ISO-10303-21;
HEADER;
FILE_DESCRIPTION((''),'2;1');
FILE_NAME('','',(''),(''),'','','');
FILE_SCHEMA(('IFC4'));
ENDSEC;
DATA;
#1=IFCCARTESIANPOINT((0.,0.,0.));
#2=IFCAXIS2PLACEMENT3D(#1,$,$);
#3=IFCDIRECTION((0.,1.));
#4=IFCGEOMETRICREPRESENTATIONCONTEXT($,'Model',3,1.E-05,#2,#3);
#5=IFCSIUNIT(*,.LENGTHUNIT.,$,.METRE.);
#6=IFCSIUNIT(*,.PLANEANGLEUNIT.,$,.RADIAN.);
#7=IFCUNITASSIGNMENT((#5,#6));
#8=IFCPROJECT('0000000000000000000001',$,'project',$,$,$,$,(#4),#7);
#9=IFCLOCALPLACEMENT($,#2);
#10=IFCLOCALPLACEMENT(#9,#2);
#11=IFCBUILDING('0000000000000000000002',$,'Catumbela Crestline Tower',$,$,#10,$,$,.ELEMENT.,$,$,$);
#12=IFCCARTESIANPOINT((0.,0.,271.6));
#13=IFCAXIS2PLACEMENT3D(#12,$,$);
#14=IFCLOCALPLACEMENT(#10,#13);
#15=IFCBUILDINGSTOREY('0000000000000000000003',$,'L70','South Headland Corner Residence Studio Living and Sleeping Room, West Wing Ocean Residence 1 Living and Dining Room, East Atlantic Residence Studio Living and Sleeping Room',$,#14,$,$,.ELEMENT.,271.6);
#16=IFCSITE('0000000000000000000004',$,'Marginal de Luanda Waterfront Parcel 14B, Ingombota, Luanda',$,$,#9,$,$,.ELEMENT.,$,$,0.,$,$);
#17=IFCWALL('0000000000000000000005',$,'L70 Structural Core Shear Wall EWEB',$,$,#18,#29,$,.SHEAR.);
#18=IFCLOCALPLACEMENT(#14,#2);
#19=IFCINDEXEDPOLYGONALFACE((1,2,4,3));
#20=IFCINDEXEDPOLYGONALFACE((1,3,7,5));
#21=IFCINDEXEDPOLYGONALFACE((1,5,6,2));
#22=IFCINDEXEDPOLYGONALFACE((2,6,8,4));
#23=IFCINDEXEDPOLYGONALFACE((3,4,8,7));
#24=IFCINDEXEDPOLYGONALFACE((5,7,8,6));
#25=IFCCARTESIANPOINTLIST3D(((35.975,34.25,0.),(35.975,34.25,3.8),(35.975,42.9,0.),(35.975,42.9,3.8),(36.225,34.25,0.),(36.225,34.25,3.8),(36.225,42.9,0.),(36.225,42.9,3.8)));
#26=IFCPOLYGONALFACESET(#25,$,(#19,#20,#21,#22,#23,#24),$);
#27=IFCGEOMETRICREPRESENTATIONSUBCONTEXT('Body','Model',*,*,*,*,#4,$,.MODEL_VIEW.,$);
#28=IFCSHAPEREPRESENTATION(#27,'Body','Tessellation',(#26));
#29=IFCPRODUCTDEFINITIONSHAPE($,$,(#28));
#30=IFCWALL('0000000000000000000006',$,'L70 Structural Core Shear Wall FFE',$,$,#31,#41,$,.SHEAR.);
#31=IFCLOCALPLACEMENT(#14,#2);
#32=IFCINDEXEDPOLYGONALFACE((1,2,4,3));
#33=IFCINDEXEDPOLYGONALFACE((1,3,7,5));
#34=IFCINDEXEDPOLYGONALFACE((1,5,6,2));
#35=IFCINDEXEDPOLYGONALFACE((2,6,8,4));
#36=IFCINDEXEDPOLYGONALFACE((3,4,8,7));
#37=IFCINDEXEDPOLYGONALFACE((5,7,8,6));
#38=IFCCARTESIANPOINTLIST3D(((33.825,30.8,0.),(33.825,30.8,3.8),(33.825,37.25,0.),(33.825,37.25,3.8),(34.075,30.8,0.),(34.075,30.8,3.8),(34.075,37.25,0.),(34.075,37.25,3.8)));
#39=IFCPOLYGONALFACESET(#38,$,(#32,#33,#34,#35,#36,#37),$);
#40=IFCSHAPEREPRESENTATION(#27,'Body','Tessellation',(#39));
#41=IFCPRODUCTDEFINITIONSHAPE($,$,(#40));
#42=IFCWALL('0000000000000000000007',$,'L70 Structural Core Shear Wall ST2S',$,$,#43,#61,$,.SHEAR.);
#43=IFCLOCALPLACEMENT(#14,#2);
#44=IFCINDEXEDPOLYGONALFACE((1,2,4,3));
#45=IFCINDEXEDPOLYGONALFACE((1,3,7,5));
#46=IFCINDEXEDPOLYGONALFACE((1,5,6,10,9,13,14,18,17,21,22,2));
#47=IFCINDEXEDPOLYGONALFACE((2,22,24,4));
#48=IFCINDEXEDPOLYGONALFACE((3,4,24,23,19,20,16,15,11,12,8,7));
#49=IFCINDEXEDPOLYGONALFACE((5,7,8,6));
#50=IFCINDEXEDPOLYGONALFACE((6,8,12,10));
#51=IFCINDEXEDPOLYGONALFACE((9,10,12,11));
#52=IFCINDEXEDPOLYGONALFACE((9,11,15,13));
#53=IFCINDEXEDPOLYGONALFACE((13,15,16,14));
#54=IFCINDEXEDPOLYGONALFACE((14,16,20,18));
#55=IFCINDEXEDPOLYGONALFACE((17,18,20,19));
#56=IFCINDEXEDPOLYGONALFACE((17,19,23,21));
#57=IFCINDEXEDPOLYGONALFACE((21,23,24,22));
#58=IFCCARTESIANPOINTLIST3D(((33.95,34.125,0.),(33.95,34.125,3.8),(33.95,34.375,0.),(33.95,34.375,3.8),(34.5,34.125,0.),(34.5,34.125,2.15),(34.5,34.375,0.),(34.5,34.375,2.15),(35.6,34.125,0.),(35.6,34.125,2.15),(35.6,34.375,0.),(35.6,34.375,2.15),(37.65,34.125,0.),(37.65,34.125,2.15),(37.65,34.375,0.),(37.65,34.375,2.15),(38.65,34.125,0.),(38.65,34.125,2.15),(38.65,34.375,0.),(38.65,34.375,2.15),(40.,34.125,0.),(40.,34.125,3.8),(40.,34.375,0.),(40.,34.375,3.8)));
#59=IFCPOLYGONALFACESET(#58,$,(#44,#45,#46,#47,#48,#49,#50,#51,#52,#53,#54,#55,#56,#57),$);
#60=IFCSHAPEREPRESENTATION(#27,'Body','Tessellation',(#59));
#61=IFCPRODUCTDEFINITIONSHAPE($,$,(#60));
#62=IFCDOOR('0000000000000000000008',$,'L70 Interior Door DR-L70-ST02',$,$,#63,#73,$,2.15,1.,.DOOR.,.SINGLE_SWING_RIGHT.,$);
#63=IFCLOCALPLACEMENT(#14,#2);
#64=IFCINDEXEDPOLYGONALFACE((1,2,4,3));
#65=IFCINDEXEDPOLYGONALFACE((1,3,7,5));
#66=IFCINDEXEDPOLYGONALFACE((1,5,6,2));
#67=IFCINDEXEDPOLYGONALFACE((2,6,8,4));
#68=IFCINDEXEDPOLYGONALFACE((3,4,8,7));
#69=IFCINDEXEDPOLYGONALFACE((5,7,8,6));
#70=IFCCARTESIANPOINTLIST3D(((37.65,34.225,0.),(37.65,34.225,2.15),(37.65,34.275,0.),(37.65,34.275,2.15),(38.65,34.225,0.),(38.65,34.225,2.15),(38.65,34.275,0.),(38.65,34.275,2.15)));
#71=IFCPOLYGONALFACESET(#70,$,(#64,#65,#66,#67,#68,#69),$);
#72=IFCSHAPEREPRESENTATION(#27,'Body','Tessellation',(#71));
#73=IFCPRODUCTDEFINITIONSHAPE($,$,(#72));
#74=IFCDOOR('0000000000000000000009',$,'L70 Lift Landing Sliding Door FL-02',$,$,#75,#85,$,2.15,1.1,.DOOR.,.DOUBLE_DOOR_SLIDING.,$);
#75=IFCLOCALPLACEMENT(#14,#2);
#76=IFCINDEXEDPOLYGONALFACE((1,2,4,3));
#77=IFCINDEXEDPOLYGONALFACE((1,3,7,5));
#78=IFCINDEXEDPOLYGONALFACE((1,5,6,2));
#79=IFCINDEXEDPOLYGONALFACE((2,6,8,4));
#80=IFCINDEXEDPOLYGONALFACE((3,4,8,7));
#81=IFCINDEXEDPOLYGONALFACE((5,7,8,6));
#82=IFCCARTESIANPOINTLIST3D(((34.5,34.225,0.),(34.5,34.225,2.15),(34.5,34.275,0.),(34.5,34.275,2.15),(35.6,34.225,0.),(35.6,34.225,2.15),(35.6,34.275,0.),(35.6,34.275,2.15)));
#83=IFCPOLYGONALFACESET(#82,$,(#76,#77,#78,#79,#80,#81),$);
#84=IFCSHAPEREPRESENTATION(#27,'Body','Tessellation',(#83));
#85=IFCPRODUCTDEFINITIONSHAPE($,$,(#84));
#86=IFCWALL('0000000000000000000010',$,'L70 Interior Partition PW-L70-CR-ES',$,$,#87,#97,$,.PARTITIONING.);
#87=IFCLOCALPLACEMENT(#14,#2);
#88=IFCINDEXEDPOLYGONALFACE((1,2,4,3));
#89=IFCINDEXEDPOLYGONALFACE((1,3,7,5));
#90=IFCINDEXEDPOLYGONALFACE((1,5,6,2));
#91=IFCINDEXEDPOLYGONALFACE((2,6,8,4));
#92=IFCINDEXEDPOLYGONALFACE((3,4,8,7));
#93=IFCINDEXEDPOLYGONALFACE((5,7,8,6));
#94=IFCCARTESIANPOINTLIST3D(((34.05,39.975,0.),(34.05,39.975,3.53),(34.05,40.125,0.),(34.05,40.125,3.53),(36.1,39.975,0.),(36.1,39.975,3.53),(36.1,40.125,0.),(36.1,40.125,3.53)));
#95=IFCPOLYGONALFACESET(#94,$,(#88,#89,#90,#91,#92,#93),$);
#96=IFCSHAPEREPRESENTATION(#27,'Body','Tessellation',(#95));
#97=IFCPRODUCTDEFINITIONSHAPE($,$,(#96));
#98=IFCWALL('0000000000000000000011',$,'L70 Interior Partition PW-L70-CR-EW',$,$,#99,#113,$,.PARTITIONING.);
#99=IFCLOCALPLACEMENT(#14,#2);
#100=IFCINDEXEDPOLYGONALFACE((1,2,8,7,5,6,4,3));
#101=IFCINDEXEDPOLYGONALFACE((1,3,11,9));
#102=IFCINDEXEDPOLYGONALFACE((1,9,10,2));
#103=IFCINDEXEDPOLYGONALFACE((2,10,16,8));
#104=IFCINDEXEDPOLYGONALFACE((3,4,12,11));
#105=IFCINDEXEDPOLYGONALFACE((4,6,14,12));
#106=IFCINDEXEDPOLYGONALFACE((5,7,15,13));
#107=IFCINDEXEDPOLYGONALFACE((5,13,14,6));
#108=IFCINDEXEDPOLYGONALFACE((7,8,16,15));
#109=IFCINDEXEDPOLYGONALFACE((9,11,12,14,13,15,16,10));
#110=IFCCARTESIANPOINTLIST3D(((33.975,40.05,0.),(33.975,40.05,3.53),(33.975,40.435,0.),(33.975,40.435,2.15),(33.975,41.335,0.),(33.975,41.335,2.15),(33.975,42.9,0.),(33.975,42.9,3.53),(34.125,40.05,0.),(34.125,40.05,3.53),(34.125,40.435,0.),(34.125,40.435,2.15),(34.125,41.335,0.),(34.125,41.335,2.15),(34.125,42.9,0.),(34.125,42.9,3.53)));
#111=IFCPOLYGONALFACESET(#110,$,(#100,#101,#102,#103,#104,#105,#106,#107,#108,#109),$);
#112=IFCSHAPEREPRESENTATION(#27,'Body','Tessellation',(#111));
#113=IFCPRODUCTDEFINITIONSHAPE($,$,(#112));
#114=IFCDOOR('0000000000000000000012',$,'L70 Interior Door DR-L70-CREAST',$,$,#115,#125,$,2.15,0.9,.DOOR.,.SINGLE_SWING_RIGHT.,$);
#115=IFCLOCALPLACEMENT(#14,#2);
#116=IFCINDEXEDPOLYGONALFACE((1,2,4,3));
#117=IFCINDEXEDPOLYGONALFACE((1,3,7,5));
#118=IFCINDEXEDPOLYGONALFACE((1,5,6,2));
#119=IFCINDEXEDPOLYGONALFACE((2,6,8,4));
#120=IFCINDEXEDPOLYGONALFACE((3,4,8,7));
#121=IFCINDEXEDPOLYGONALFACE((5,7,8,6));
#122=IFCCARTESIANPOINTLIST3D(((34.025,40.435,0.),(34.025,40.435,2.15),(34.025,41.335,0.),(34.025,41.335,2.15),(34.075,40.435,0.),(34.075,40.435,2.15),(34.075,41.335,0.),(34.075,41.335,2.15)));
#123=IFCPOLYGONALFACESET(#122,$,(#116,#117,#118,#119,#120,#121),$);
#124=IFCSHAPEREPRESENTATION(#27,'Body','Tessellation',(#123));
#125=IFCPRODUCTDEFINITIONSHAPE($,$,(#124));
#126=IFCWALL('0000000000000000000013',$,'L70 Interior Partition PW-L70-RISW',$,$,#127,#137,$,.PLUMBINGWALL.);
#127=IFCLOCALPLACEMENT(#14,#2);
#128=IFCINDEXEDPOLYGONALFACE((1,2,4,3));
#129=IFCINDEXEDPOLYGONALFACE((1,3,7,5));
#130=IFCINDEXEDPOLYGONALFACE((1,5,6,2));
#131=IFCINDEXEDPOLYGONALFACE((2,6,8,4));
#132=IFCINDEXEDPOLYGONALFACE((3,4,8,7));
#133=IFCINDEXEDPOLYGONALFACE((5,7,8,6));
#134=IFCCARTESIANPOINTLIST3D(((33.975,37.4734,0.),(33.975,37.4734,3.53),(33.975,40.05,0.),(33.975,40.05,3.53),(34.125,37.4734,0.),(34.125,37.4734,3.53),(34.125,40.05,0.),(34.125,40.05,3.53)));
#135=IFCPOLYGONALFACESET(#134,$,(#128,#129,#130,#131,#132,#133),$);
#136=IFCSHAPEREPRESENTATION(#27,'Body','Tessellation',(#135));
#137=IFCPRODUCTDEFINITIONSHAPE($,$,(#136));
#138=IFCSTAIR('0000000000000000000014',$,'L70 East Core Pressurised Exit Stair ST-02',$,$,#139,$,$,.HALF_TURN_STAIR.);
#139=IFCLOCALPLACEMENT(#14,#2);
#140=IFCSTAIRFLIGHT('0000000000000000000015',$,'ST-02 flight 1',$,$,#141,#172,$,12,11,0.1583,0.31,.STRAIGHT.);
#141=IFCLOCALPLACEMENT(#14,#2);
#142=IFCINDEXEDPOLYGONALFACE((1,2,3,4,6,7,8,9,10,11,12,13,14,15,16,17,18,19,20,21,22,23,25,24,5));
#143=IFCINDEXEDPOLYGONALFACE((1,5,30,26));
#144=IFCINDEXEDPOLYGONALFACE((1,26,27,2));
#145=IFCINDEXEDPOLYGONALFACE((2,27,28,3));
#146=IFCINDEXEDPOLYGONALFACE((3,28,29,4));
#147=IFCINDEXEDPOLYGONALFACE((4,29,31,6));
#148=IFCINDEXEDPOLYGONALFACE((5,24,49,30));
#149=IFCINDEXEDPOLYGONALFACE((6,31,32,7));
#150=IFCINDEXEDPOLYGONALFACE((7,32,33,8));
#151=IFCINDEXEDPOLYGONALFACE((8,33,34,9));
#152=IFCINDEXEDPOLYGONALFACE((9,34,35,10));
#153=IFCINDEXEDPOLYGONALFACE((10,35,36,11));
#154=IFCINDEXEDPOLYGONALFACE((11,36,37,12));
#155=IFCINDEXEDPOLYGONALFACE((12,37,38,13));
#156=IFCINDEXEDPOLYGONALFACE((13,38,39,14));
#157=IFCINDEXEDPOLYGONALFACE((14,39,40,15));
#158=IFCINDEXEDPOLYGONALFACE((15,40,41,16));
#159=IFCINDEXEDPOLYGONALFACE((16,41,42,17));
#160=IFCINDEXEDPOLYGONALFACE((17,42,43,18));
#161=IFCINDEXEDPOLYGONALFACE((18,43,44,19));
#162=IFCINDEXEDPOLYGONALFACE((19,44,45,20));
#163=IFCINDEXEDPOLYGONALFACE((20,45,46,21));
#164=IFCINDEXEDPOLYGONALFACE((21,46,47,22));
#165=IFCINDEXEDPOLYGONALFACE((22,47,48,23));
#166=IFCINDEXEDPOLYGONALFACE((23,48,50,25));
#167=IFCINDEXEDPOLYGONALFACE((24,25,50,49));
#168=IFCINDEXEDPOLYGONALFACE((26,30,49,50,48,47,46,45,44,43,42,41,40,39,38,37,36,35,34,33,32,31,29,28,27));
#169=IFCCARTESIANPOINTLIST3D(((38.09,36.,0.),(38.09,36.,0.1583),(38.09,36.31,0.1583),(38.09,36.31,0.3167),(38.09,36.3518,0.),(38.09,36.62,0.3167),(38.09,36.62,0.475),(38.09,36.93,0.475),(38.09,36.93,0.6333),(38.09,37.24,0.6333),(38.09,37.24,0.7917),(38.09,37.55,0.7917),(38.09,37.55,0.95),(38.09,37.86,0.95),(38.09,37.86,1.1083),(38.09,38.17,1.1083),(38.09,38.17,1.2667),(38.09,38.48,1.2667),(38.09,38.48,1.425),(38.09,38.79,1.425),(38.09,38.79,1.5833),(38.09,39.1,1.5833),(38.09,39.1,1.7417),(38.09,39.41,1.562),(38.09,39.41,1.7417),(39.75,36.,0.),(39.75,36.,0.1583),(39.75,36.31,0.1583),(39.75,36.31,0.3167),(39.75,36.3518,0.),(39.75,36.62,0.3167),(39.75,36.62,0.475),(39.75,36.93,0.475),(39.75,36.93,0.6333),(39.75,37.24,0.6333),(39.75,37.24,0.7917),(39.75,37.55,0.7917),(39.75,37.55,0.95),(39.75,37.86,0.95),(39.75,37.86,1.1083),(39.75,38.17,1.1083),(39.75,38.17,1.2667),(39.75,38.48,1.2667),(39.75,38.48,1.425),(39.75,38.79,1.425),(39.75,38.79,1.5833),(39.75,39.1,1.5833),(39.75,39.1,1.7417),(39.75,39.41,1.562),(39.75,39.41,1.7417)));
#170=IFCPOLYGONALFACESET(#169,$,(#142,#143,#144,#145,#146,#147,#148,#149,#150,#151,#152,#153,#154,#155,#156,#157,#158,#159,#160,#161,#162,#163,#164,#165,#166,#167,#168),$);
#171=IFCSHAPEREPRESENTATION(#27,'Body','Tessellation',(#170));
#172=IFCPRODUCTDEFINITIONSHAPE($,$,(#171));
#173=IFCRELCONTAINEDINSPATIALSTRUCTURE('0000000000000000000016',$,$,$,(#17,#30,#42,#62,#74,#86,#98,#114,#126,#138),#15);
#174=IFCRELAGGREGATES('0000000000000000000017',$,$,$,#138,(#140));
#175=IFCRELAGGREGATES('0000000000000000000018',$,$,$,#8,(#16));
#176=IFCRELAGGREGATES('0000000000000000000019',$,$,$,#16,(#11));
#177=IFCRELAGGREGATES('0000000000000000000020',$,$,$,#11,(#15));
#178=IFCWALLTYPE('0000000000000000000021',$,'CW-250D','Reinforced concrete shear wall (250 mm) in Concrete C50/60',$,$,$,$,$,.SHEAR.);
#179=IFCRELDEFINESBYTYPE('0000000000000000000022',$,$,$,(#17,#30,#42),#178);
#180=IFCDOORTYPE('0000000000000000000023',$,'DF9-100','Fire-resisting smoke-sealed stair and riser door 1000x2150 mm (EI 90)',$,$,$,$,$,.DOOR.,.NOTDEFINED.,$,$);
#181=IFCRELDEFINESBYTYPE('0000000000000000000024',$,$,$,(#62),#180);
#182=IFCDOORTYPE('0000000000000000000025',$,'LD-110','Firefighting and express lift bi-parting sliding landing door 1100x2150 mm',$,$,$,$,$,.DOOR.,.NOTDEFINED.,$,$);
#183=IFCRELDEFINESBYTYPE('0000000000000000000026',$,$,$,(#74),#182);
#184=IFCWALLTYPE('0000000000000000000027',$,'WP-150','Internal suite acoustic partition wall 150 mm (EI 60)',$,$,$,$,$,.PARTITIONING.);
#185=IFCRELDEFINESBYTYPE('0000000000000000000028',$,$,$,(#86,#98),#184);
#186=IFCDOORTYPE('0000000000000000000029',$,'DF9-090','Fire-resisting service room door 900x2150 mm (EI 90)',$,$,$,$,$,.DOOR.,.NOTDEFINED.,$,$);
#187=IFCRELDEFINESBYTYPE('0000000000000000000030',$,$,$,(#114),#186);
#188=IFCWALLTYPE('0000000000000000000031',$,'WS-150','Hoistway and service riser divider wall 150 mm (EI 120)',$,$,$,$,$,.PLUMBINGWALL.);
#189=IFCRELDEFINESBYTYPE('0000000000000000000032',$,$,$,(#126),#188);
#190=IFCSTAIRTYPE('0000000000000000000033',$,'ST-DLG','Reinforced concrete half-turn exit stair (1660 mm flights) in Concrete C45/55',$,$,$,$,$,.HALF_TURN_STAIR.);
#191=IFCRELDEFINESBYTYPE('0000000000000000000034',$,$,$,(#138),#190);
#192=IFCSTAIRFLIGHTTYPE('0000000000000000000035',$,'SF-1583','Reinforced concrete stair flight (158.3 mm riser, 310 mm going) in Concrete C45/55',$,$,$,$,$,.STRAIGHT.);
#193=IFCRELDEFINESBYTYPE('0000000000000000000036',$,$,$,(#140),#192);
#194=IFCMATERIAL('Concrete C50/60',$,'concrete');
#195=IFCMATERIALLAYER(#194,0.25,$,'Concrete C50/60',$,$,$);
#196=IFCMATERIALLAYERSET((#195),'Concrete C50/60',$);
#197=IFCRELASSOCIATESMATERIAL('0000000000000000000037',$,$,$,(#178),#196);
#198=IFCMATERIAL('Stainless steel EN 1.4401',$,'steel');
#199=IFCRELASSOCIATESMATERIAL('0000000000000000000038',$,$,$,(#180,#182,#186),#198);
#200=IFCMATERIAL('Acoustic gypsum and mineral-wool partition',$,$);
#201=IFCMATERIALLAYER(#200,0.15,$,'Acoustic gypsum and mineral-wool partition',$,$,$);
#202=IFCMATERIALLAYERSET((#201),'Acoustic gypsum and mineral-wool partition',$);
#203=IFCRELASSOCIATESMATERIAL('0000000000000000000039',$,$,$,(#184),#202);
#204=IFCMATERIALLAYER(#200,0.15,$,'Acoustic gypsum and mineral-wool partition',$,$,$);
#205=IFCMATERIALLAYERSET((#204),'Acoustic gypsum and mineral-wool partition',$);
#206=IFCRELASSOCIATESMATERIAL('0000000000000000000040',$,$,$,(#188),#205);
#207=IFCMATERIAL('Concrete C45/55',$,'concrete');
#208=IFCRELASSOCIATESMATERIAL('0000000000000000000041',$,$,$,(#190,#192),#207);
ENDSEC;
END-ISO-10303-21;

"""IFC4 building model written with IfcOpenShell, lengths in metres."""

from ifc_helpers import new_model, si_unit, direction, frame, frame_2d, origin, place, context, subcontext, project, spatial, polyline, rectangle, outline, extrude, material, layer, layer_set, type_object, element, fill, aggregate, save


model = new_model("IFC4")

# Units and contexts
model_context = context("Model", 3, precision=1e-05, world=origin(), true_north=direction((0.0, 1.0)))
body_context = subcontext(model_context, "Body", "Model", "MODEL_VIEW")
ifc_project = project(units=[si_unit("LENGTHUNIT", "METRE"), si_unit("PLANEANGLEUNIT", "RADIAN")], contexts=[model_context])

# Site, building, storey
site_placement = place(None, origin())
site = spatial("IfcSite", under=ifc_project, at=site_placement, Name="Marginal de Luanda Waterfront Parcel 14B, Ingombota, Luanda", CompositionType="ELEMENT", RefElevation=0.0)
building_placement = place(site_placement, origin())
building = spatial("IfcBuilding", under=site, at=building_placement, Name="Catumbela Crestline Tower", CompositionType="ELEMENT")
storey_placement = place(building_placement, frame((0.0, 0.0, 271.6)))
storey = spatial("IfcBuildingStorey", under=building, at=storey_placement, Name="L70", Description="South Headland Corner Residence Studio Living and Sleeping Room, West Wing Ocean Residence 1 Living and Dining Room, East Atlantic Residence Studio Living and Sleeping Room", CompositionType="ELEMENT", Elevation=271.6)

# Walls
ifc_material_1 = material(Name="Concrete C50/60", Category="concrete")
ifc_layer_1 = layer(ifc_material_1, 0.25, Name="Concrete C50/60")
ifc_layer_set_1 = layer_set([ifc_layer_1], Name="Concrete C50/60")
wall_type_1 = type_object("IfcWallType", Name="CW-250D", Description="Reinforced concrete shear wall (250 mm) in Concrete C50/60", PredefinedType="SHEAR", material=ifc_layer_set_1)
wall_1_placement = place(storey_placement, frame((36.1, 34.25, 0.0), z_axis=(0.0, 0.0, 1.0), x_axis=(0.0, 1.0, 0.0)))
element("IfcWall", 1, at=wall_1_placement, inside=storey, type_object=wall_type_1, Name="L70 Structural Core Shear Wall EWEB", PredefinedType="SHEAR", context=body_context, shape_type="SweptSolid", body=[
    extrude(rectangle(XDim=8.65, YDim=0.25, at=frame_2d((4.325, 0.0))), origin(), (0.0, 0.0, 1.0), 3.8),
])
wall_2_placement = place(storey_placement, frame((33.95, 30.8, 0.0), z_axis=(0.0, 0.0, 1.0), x_axis=(0.0, 1.0, 0.0)))
element("IfcWall", 2, at=wall_2_placement, inside=storey, type_object=wall_type_1, Name="L70 Structural Core Shear Wall FFE", PredefinedType="SHEAR", context=body_context, shape_type="SweptSolid", body=[
    extrude(rectangle(XDim=6.45, YDim=0.25, at=frame_2d((3.225, 0.0))), origin(), (0.0, 0.0, 1.0), 3.8),
])

# Wall, openings, doors
wall_3_placement = place(storey_placement, frame((33.95, 34.25, 0.0), z_axis=(0.0, 0.0, 1.0), x_axis=(1.0, 0.0, 0.0)))
wall_3 = element("IfcWall", 3, at=wall_3_placement, inside=storey, type_object=wall_type_1, Name="L70 Structural Core Shear Wall ST2S", PredefinedType="SHEAR", context=body_context, shape_type="SweptSolid", body=[
    extrude(rectangle(XDim=6.05, YDim=0.25, at=frame_2d((3.025, 0.0))), origin(), (0.0, 0.0, 1.0), 3.8),
])
opening_1_placement = place(wall_3_placement, frame((3.7, 0.0, 0.0)))
opening_1 = element("IfcOpeningElement", 4, at=opening_1_placement, cuts=wall_3, PredefinedType="OPENING", context=body_context, shape_type="SweptSolid", body=[
    extrude(rectangle(XDim=1.0, YDim=2.15, at=frame_2d((0.5, 1.075))), frame((0.0, 0.135, 0.0), z_axis=(0.0, -1.0, 0.0), x_axis=(1.0, 0.0, 0.0)), (0.0, 0.0, 1.0), 0.27),
])
opening_2_placement = place(wall_3_placement, frame((0.55, 0.0, 0.0)))
opening_2 = element("IfcOpeningElement", 5, at=opening_2_placement, cuts=wall_3, PredefinedType="OPENING", context=body_context, shape_type="SweptSolid", body=[
    extrude(rectangle(XDim=1.1, YDim=2.15, at=frame_2d((0.55, 1.075))), frame((0.0, 0.135, 0.0), z_axis=(0.0, -1.0, 0.0), x_axis=(1.0, 0.0, 0.0)), (0.0, 0.0, 1.0), 0.27),
])
ifc_material_2 = material(Name="Stainless steel EN 1.4401", Category="steel")
door_type_1 = type_object("IfcDoorType", Name="DF9-100", Description="Fire-resisting smoke-sealed stair and riser door 1000x2150 mm (EI 90)", OperationType="NOTDEFINED", PredefinedType="DOOR", material=ifc_material_2)
door_1_placement = place(opening_1_placement, origin())
door_1 = element("IfcDoor", 6, at=door_1_placement, inside=storey, type_object=door_type_1, Name="L70 Interior Door DR-L70-ST02", OperationType="SINGLE_SWING_RIGHT", OverallHeight=2.15, OverallWidth=1.0, PredefinedType="DOOR", context=body_context, shape_type="SweptSolid", body=[
    extrude(rectangle(XDim=1.0, YDim=2.15, at=frame_2d((0.5, 1.075))), frame((0.0, 0.025, 0.0), z_axis=(0.0, -1.0, 0.0), x_axis=(1.0, 0.0, 0.0)), (0.0, 0.0, 1.0), 0.05),
])
fill(opening_1, door_1)
door_type_2 = type_object("IfcDoorType", Name="LD-110", Description="Firefighting and express lift bi-parting sliding landing door 1100x2150 mm", OperationType="NOTDEFINED", PredefinedType="DOOR", material=ifc_material_2)
door_2_placement = place(opening_2_placement, origin())
door_2 = element("IfcDoor", 7, at=door_2_placement, inside=storey, type_object=door_type_2, Name="L70 Lift Landing Sliding Door FL-02", OperationType="DOUBLE_DOOR_SLIDING", OverallHeight=2.15, OverallWidth=1.1, PredefinedType="DOOR", context=body_context, shape_type="SweptSolid", body=[
    extrude(rectangle(XDim=1.1, YDim=2.15, at=frame_2d((0.55, 1.075))), frame((0.0, 0.025, 0.0), z_axis=(0.0, -1.0, 0.0), x_axis=(1.0, 0.0, 0.0)), (0.0, 0.0, 1.0), 0.05),
])
fill(opening_2, door_2)

# Wall
ifc_material_3 = material(Name="Acoustic gypsum and mineral-wool partition")
ifc_layer_2 = layer(ifc_material_3, 0.15, Name="Acoustic gypsum and mineral-wool partition")
ifc_layer_set_2 = layer_set([ifc_layer_2], Name="Acoustic gypsum and mineral-wool partition")
wall_type_2 = type_object("IfcWallType", Name="WP-150", Description="Internal suite acoustic partition wall 150 mm (EI 60)", PredefinedType="PARTITIONING", material=ifc_layer_set_2)
wall_4_placement = place(storey_placement, frame((34.05, 40.05, 0.0), z_axis=(0.0, 0.0, 1.0), x_axis=(1.0, 0.0, 0.0)))
element("IfcWall", 8, at=wall_4_placement, inside=storey, type_object=wall_type_2, Name="L70 Interior Partition PW-L70-CR-ES", PredefinedType="PARTITIONING", context=body_context, shape_type="SweptSolid", body=[
    extrude(rectangle(XDim=2.05, YDim=0.15, at=frame_2d((1.025, 0.0))), origin(), (0.0, 0.0, 1.0), 3.53),
])

# Wall, opening, door
wall_5_placement = place(storey_placement, frame((34.05, 40.05, 0.0), z_axis=(0.0, 0.0, 1.0), x_axis=(0.0, 1.0, 0.0)))
wall_5 = element("IfcWall", 9, at=wall_5_placement, inside=storey, type_object=wall_type_2, Name="L70 Interior Partition PW-L70-CR-EW", PredefinedType="PARTITIONING", context=body_context, shape_type="SweptSolid", body=[
    extrude(rectangle(XDim=2.85, YDim=0.15, at=frame_2d((1.425, 0.0))), origin(), (0.0, 0.0, 1.0), 3.53),
])
opening_3_placement = place(wall_5_placement, frame((0.385, 0.0, 0.0)))
opening_3 = element("IfcOpeningElement", 10, at=opening_3_placement, cuts=wall_5, PredefinedType="OPENING", context=body_context, shape_type="SweptSolid", body=[
    extrude(rectangle(XDim=0.9, YDim=2.15, at=frame_2d((0.45, 1.075))), frame((0.0, 0.085, 0.0), z_axis=(0.0, -1.0, 0.0), x_axis=(1.0, 0.0, 0.0)), (0.0, 0.0, 1.0), 0.17),
])
door_type_3 = type_object("IfcDoorType", Name="DF9-090", Description="Fire-resisting service room door 900x2150 mm (EI 90)", OperationType="NOTDEFINED", PredefinedType="DOOR", material=ifc_material_2)
door_3_placement = place(opening_3_placement, origin())
door_3 = element("IfcDoor", 11, at=door_3_placement, inside=storey, type_object=door_type_3, Name="L70 Interior Door DR-L70-CREAST", OperationType="SINGLE_SWING_RIGHT", OverallHeight=2.15, OverallWidth=0.9, PredefinedType="DOOR", context=body_context, shape_type="SweptSolid", body=[
    extrude(rectangle(XDim=0.9, YDim=2.15, at=frame_2d((0.45, 1.075))), frame((0.0, 0.025, 0.0), z_axis=(0.0, -1.0, 0.0), x_axis=(1.0, 0.0, 0.0)), (0.0, 0.0, 1.0), 0.05),
])
fill(opening_3, door_3)

# Wall
ifc_layer_3 = layer(ifc_material_3, 0.15, Name="Acoustic gypsum and mineral-wool partition")
ifc_layer_set_3 = layer_set([ifc_layer_3], Name="Acoustic gypsum and mineral-wool partition")
wall_type_3 = type_object("IfcWallType", Name="WS-150", Description="Hoistway and service riser divider wall 150 mm (EI 120)", PredefinedType="PLUMBINGWALL", material=ifc_layer_set_3)
wall_6_placement = place(storey_placement, frame((34.05, 37.4734, 0.0), z_axis=(0.0, 0.0, 1.0), x_axis=(0.0, 1.0, 0.0)))
element("IfcWall", 12, at=wall_6_placement, inside=storey, type_object=wall_type_3, Name="L70 Interior Partition PW-L70-RISW", PredefinedType="PLUMBINGWALL", context=body_context, shape_type="SweptSolid", body=[
    extrude(rectangle(XDim=2.5766, YDim=0.15, at=frame_2d((1.2883, 0.0))), origin(), (0.0, 0.0, 1.0), 3.53),
])

# Stair, stair flight
ifc_material_4 = material(Name="Concrete C45/55", Category="concrete")
stair_type = type_object("IfcStairType", Name="ST-DLG", Description="Reinforced concrete half-turn exit stair (1660 mm flights) in Concrete C45/55", PredefinedType="HALF_TURN_STAIR", material=ifc_material_4)
stair_placement = place(storey_placement, origin())
stair = element("IfcStair", 13, at=stair_placement, inside=storey, type_object=stair_type, Name="L70 East Core Pressurised Exit Stair ST-02", PredefinedType="HALF_TURN_STAIR")
stair_flight_type = type_object("IfcStairFlightType", Name="SF-1583", Description="Reinforced concrete stair flight (158.3 mm riser, 310 mm going) in Concrete C45/55", PredefinedType="STRAIGHT", material=ifc_material_4)
stair_flight_1_placement = place(storey_placement, frame((38.92, 36.0, 0.0), z_axis=(0.0, 0.0, 1.0), x_axis=(0.0, 1.0, 0.0)))
stair_flight_1 = element("IfcStairFlight", 14, at=stair_flight_1_placement, type_object=stair_flight_type, Name="ST-02 flight 1", NumberOfRisers=12, NumberOfTreads=11, PredefinedType="STRAIGHT", RiserHeight=0.1583, TreadLength=0.31, context=body_context, shape_type="SweptSolid", body=[
    extrude(outline(polyline([(0.0, 0.0), (0.0, 0.1583), (0.31, 0.1583), (0.31, 0.3167), (0.62, 0.3167), (0.62, 0.475), (0.93, 0.475), (0.93, 0.6333), (1.24, 0.6333), (1.24, 0.7917), (1.55, 0.7917), (1.55, 0.95), (1.86, 0.95), (1.86, 1.1083), (2.17, 1.1083), (2.17, 1.2667), (2.48, 1.2667), (2.48, 1.425), (2.79, 1.425), (2.79, 1.5833), (3.1, 1.5833), (3.1, 1.7417), (3.41, 1.7417), (3.41, 1.9), (3.41, 1.562), (0.3518, 0.0), (0.0, 0.0)])), frame((0.0, 0.83, 0.0), z_axis=(0.0, -1.0, 0.0), x_axis=(1.0, 0.0, 0.0)), (0.0, 0.0, 1.0), 1.66),
])
aggregate(stair, [stair_flight_1])

save(model, "model.ifc")
